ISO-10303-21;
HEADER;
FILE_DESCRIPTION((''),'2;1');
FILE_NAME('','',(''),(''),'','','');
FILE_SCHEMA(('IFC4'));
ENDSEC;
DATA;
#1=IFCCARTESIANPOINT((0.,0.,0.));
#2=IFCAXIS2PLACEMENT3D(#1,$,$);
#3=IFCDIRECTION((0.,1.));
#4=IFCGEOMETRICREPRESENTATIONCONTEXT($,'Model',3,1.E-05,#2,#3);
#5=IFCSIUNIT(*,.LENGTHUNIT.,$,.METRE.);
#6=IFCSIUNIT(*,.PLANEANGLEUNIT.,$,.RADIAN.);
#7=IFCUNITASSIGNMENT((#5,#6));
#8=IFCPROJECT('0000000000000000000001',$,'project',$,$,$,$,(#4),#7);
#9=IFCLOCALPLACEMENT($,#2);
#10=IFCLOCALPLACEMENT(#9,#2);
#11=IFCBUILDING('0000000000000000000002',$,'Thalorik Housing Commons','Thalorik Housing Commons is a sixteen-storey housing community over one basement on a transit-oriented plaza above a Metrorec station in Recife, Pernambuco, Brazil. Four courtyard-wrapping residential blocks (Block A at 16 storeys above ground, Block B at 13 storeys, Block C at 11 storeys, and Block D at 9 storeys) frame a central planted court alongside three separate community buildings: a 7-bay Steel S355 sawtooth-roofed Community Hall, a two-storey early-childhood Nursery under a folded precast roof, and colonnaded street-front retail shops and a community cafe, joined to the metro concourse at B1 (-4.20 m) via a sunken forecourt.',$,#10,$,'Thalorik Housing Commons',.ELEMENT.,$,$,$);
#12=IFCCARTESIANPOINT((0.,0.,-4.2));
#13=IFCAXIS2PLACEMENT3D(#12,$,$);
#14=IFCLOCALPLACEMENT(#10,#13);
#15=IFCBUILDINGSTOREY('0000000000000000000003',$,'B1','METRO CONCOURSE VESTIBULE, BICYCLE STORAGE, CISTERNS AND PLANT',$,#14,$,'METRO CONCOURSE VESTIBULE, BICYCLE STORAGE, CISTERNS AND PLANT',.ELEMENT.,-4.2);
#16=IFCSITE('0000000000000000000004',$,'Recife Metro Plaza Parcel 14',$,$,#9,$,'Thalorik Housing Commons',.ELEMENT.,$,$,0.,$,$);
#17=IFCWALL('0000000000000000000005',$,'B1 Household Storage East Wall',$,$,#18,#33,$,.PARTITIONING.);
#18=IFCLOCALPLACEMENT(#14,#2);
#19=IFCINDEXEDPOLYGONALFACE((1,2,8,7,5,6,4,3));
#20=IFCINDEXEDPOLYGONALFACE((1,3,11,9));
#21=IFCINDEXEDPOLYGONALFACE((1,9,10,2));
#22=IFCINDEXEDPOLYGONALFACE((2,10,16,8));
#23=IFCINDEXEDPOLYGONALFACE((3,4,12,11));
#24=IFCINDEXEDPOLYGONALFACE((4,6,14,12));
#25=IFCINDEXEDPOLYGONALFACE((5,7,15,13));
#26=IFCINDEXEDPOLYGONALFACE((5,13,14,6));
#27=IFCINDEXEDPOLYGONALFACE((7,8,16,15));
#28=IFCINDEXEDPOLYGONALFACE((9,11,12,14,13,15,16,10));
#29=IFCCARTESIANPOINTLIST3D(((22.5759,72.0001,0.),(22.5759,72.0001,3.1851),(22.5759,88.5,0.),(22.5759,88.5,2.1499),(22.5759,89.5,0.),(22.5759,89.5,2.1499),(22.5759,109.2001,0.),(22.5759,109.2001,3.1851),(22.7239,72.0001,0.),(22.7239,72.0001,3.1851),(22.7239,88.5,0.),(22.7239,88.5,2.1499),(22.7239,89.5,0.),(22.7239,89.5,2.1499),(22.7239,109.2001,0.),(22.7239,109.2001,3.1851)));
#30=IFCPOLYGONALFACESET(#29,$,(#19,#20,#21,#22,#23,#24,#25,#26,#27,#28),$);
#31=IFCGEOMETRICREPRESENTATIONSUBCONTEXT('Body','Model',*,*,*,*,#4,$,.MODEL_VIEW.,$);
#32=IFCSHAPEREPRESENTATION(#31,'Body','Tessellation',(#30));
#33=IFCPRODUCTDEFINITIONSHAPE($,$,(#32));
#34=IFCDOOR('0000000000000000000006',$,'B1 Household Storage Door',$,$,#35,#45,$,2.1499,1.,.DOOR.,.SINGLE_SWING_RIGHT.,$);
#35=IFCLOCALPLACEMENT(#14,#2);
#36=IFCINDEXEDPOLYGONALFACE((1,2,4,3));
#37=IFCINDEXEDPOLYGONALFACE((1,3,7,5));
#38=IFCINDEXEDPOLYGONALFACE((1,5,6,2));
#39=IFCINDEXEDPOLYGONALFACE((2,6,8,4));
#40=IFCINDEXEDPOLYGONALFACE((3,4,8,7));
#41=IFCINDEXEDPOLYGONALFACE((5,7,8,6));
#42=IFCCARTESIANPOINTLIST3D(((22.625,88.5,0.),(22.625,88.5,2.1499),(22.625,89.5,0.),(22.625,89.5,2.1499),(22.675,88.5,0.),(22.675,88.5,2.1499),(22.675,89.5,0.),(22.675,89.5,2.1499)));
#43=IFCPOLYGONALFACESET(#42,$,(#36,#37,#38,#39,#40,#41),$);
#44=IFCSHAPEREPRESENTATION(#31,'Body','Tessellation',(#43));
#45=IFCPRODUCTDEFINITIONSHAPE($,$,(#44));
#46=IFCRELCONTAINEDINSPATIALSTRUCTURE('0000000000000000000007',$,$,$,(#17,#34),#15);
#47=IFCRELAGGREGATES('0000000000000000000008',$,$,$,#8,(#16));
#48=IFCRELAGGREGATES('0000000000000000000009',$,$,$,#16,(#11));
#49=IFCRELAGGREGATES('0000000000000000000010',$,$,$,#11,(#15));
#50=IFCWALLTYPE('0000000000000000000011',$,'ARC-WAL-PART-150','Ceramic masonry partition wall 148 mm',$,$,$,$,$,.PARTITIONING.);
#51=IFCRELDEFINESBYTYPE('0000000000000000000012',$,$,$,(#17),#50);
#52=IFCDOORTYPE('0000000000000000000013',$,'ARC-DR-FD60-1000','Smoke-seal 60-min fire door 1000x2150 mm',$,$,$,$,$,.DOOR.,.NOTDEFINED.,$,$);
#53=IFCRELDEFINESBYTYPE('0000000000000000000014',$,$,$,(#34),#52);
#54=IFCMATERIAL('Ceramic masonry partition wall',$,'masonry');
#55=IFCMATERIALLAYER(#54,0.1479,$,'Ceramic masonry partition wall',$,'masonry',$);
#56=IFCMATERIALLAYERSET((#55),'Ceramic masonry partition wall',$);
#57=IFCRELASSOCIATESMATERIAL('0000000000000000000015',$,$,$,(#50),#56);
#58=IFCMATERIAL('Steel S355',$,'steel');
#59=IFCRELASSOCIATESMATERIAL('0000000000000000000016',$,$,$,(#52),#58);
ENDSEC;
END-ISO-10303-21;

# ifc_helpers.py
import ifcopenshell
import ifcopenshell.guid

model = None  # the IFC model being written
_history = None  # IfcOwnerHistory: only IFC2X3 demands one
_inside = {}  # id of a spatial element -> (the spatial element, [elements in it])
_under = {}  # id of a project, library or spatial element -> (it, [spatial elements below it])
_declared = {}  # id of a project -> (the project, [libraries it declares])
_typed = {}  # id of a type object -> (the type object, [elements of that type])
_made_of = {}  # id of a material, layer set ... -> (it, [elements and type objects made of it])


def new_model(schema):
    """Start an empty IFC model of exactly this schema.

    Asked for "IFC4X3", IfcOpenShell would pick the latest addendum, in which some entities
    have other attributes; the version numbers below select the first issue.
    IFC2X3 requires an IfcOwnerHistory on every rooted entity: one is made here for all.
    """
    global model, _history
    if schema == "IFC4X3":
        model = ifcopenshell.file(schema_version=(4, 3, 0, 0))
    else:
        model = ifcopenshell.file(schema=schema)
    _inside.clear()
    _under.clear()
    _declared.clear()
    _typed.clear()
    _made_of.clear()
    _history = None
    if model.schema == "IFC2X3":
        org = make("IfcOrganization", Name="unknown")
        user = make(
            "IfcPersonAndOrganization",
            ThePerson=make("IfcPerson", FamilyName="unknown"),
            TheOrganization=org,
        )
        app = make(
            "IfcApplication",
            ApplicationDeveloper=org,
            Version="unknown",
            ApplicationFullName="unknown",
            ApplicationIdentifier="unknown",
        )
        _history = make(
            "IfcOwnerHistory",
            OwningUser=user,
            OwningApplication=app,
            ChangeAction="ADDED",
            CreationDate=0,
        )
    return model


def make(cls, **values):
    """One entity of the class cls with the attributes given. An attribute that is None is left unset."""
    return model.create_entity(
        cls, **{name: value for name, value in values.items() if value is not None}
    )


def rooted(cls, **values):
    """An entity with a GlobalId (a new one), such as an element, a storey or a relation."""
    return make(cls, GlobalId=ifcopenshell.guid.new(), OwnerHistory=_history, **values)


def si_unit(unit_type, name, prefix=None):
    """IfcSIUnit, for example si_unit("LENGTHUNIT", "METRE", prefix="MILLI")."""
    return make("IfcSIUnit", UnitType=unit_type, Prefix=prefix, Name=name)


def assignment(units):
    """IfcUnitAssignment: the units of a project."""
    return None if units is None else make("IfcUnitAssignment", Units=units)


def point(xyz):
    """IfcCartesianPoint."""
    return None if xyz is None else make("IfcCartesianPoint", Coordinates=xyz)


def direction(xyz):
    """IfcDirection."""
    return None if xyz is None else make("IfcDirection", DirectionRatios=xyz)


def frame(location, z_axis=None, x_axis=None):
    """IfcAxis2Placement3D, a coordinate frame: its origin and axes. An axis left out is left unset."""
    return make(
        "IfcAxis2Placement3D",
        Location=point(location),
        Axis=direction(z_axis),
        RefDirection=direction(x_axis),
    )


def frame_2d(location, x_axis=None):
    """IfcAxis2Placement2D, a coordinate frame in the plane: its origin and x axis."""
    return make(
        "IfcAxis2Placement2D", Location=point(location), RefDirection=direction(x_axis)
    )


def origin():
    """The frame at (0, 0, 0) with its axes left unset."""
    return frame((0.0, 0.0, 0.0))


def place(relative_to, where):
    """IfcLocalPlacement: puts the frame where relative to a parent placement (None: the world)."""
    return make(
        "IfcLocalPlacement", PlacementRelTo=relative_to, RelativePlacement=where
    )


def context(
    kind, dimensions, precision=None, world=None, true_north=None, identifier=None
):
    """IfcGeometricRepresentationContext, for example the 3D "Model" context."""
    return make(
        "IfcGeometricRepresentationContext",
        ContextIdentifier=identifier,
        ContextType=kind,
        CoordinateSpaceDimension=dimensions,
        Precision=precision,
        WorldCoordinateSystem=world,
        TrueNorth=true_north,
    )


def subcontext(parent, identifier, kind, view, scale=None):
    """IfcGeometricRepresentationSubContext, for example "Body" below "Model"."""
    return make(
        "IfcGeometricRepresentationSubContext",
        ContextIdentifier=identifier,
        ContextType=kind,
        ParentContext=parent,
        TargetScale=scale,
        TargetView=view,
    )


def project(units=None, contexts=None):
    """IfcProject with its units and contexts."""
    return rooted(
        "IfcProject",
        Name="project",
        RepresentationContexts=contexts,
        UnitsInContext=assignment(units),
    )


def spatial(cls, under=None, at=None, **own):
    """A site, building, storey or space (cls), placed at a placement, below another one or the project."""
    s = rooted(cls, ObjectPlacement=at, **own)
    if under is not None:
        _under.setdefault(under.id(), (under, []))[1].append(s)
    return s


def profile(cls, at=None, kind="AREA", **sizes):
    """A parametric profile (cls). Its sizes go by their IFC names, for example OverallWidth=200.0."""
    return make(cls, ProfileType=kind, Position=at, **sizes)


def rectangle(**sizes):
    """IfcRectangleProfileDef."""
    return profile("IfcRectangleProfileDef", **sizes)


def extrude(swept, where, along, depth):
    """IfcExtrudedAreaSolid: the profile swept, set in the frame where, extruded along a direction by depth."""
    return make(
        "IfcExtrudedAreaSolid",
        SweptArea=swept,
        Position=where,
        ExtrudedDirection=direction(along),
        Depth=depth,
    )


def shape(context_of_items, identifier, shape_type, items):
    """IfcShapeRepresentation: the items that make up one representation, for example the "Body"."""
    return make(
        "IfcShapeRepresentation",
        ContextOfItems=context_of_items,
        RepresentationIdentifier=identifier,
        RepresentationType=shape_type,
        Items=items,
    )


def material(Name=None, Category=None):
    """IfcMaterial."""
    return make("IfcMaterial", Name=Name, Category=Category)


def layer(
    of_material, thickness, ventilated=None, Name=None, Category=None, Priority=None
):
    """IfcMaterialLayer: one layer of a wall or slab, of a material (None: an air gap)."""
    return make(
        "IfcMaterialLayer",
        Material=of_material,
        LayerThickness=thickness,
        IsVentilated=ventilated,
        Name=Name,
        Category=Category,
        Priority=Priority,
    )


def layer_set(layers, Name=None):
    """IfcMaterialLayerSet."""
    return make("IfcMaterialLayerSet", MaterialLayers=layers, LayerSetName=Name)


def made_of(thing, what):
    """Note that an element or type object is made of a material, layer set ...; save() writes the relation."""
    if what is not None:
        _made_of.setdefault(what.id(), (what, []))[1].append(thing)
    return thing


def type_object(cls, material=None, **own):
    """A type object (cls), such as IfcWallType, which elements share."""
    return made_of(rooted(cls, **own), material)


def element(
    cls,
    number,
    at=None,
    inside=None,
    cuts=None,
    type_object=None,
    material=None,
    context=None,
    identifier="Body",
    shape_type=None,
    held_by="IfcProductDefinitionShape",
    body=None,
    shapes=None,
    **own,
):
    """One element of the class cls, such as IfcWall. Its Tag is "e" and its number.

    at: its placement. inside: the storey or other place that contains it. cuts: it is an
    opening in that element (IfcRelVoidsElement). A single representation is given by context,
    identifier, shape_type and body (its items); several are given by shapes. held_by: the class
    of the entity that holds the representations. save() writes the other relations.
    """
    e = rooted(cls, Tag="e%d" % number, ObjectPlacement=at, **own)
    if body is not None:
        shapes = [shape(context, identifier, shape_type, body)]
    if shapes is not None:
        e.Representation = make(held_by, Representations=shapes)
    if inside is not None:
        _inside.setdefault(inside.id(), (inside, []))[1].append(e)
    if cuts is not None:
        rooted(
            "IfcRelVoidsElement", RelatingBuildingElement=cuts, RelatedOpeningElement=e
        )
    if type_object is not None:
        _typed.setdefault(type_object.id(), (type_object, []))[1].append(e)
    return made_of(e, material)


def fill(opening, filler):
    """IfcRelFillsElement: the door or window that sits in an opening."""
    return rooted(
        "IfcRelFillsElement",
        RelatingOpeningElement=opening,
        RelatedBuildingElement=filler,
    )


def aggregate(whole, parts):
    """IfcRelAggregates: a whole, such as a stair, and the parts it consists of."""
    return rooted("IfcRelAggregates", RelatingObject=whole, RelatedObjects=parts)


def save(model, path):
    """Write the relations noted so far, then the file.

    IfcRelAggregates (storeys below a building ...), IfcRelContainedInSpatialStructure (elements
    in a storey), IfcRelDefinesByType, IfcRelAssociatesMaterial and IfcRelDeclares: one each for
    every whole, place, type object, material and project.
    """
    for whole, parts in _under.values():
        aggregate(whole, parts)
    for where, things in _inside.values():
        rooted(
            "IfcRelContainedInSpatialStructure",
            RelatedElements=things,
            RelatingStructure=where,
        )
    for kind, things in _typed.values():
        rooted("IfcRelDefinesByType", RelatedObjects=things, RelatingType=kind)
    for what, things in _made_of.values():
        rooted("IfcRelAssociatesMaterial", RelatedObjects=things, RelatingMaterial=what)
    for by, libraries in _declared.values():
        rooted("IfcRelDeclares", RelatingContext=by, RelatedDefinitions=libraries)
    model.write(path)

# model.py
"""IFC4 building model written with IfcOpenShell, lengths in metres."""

from ifc_helpers import new_model, si_unit, direction, frame, frame_2d, origin, place, context, subcontext, project, spatial, rectangle, extrude, material, layer, layer_set, type_object, element, fill, save


model = new_model("IFC4")

# Units and contexts
model_context = context("Model", 3, precision=1e-05, world=origin(), true_north=direction((0.0, 1.0)))
body_context = subcontext(model_context, "Body", "Model", "MODEL_VIEW")
ifc_project = project(units=[si_unit("LENGTHUNIT", "METRE"), si_unit("PLANEANGLEUNIT", "RADIAN")], contexts=[model_context])

# Site, building, storey
site_placement = place(None, origin())
site = spatial("IfcSite", under=ifc_project, at=site_placement, Name="Recife Metro Plaza Parcel 14", LongName="Thalorik Housing Commons", CompositionType="ELEMENT", RefElevation=0.0)
building_placement = place(site_placement, origin())
building = spatial("IfcBuilding", under=site, at=building_placement, Name="Thalorik Housing Commons", Description="Thalorik Housing Commons is a sixteen-storey housing community over one basement on a transit-oriented plaza above a Metrorec station in Recife, Pernambuco, Brazil. Four courtyard-wrapping residential blocks (Block A at 16 storeys above ground, Block B at 13 storeys, Block C at 11 storeys, and Block D at 9 storeys) frame a central planted court alongside three separate community buildings: a 7-bay Steel S355 sawtooth-roofed Community Hall, a two-storey early-childhood Nursery under a folded precast roof, and colonnaded street-front retail shops and a community cafe, joined to the metro concourse at B1 (-4.20 m) via a sunken forecourt.", LongName="Thalorik Housing Commons", CompositionType="ELEMENT")
storey_placement = place(building_placement, frame((0.0, 0.0, -4.2)))
storey = spatial("IfcBuildingStorey", under=building, at=storey_placement, Name="B1", Description="METRO CONCOURSE VESTIBULE, BICYCLE STORAGE, CISTERNS AND PLANT", LongName="METRO CONCOURSE VESTIBULE, BICYCLE STORAGE, CISTERNS AND PLANT", CompositionType="ELEMENT", Elevation=-4.2)

# Wall, opening, door
ifc_material_1 = material(Name="Ceramic masonry partition wall", Category="masonry")
ifc_layer = layer(ifc_material_1, 0.1479, Name="Ceramic masonry partition wall", Category="masonry")
ifc_layer_set = layer_set([ifc_layer], Name="Ceramic masonry partition wall")
wall_type = type_object("IfcWallType", Name="ARC-WAL-PART-150", Description="Ceramic masonry partition wall 148 mm", PredefinedType="PARTITIONING", material=ifc_layer_set)
wall_placement = place(storey_placement, frame((22.6499, 72.0, 0.0), z_axis=(0.0, 0.0, 1.0), x_axis=(0.0, 1.0, 0.0)))
wall = element("IfcWall", 1, at=wall_placement, inside=storey, type_object=wall_type, Name="B1 Household Storage East Wall", PredefinedType="PARTITIONING", context=body_context, shape_type="SweptSolid", body=[
    extrude(rectangle(XDim=37.2, YDim=0.1479, at=frame_2d((18.6001, 0.0))), origin(), (0.0, 0.0, 1.0), 3.1851),
])
opening_placement = place(wall_placement, frame((16.5, 0.0, 0.0)))
opening = element("IfcOpeningElement", 2, at=opening_placement, cuts=wall, PredefinedType="OPENING", context=body_context, shape_type="SweptSolid", body=[
    extrude(rectangle(XDim=1.0, YDim=2.1499, at=frame_2d((0.5, 1.075))), frame((0.0, 0.084, 0.0), z_axis=(0.0, -1.0, 0.0), x_axis=(1.0, 0.0, 0.0)), (0.0, 0.0, 1.0), 0.168),
])
ifc_material_2 = material(Name="Steel S355", Category="steel")
door_type = type_object("IfcDoorType", Name="ARC-DR-FD60-1000", Description="Smoke-seal 60-min fire door 1000x2150 mm", OperationType="NOTDEFINED", PredefinedType="DOOR", material=ifc_material_2)
door_placement = place(opening_placement, origin())
door = element("IfcDoor", 3, at=door_placement, inside=storey, type_object=door_type, Name="B1 Household Storage Door", OperationType="SINGLE_SWING_RIGHT", OverallHeight=2.1499, OverallWidth=1.0, PredefinedType="DOOR", context=body_context, shape_type="SweptSolid", body=[
    extrude(rectangle(XDim=1.0, YDim=2.1499, at=frame_2d((0.5, 1.075))), frame((0.0, 0.0249, 0.0), z_axis=(0.0, -1.0, 0.0), x_axis=(1.0, 0.0, 0.0)), (0.0, 0.0, 1.0), 0.05),
])
fill(opening, door)

save(model, "model.ifc")
